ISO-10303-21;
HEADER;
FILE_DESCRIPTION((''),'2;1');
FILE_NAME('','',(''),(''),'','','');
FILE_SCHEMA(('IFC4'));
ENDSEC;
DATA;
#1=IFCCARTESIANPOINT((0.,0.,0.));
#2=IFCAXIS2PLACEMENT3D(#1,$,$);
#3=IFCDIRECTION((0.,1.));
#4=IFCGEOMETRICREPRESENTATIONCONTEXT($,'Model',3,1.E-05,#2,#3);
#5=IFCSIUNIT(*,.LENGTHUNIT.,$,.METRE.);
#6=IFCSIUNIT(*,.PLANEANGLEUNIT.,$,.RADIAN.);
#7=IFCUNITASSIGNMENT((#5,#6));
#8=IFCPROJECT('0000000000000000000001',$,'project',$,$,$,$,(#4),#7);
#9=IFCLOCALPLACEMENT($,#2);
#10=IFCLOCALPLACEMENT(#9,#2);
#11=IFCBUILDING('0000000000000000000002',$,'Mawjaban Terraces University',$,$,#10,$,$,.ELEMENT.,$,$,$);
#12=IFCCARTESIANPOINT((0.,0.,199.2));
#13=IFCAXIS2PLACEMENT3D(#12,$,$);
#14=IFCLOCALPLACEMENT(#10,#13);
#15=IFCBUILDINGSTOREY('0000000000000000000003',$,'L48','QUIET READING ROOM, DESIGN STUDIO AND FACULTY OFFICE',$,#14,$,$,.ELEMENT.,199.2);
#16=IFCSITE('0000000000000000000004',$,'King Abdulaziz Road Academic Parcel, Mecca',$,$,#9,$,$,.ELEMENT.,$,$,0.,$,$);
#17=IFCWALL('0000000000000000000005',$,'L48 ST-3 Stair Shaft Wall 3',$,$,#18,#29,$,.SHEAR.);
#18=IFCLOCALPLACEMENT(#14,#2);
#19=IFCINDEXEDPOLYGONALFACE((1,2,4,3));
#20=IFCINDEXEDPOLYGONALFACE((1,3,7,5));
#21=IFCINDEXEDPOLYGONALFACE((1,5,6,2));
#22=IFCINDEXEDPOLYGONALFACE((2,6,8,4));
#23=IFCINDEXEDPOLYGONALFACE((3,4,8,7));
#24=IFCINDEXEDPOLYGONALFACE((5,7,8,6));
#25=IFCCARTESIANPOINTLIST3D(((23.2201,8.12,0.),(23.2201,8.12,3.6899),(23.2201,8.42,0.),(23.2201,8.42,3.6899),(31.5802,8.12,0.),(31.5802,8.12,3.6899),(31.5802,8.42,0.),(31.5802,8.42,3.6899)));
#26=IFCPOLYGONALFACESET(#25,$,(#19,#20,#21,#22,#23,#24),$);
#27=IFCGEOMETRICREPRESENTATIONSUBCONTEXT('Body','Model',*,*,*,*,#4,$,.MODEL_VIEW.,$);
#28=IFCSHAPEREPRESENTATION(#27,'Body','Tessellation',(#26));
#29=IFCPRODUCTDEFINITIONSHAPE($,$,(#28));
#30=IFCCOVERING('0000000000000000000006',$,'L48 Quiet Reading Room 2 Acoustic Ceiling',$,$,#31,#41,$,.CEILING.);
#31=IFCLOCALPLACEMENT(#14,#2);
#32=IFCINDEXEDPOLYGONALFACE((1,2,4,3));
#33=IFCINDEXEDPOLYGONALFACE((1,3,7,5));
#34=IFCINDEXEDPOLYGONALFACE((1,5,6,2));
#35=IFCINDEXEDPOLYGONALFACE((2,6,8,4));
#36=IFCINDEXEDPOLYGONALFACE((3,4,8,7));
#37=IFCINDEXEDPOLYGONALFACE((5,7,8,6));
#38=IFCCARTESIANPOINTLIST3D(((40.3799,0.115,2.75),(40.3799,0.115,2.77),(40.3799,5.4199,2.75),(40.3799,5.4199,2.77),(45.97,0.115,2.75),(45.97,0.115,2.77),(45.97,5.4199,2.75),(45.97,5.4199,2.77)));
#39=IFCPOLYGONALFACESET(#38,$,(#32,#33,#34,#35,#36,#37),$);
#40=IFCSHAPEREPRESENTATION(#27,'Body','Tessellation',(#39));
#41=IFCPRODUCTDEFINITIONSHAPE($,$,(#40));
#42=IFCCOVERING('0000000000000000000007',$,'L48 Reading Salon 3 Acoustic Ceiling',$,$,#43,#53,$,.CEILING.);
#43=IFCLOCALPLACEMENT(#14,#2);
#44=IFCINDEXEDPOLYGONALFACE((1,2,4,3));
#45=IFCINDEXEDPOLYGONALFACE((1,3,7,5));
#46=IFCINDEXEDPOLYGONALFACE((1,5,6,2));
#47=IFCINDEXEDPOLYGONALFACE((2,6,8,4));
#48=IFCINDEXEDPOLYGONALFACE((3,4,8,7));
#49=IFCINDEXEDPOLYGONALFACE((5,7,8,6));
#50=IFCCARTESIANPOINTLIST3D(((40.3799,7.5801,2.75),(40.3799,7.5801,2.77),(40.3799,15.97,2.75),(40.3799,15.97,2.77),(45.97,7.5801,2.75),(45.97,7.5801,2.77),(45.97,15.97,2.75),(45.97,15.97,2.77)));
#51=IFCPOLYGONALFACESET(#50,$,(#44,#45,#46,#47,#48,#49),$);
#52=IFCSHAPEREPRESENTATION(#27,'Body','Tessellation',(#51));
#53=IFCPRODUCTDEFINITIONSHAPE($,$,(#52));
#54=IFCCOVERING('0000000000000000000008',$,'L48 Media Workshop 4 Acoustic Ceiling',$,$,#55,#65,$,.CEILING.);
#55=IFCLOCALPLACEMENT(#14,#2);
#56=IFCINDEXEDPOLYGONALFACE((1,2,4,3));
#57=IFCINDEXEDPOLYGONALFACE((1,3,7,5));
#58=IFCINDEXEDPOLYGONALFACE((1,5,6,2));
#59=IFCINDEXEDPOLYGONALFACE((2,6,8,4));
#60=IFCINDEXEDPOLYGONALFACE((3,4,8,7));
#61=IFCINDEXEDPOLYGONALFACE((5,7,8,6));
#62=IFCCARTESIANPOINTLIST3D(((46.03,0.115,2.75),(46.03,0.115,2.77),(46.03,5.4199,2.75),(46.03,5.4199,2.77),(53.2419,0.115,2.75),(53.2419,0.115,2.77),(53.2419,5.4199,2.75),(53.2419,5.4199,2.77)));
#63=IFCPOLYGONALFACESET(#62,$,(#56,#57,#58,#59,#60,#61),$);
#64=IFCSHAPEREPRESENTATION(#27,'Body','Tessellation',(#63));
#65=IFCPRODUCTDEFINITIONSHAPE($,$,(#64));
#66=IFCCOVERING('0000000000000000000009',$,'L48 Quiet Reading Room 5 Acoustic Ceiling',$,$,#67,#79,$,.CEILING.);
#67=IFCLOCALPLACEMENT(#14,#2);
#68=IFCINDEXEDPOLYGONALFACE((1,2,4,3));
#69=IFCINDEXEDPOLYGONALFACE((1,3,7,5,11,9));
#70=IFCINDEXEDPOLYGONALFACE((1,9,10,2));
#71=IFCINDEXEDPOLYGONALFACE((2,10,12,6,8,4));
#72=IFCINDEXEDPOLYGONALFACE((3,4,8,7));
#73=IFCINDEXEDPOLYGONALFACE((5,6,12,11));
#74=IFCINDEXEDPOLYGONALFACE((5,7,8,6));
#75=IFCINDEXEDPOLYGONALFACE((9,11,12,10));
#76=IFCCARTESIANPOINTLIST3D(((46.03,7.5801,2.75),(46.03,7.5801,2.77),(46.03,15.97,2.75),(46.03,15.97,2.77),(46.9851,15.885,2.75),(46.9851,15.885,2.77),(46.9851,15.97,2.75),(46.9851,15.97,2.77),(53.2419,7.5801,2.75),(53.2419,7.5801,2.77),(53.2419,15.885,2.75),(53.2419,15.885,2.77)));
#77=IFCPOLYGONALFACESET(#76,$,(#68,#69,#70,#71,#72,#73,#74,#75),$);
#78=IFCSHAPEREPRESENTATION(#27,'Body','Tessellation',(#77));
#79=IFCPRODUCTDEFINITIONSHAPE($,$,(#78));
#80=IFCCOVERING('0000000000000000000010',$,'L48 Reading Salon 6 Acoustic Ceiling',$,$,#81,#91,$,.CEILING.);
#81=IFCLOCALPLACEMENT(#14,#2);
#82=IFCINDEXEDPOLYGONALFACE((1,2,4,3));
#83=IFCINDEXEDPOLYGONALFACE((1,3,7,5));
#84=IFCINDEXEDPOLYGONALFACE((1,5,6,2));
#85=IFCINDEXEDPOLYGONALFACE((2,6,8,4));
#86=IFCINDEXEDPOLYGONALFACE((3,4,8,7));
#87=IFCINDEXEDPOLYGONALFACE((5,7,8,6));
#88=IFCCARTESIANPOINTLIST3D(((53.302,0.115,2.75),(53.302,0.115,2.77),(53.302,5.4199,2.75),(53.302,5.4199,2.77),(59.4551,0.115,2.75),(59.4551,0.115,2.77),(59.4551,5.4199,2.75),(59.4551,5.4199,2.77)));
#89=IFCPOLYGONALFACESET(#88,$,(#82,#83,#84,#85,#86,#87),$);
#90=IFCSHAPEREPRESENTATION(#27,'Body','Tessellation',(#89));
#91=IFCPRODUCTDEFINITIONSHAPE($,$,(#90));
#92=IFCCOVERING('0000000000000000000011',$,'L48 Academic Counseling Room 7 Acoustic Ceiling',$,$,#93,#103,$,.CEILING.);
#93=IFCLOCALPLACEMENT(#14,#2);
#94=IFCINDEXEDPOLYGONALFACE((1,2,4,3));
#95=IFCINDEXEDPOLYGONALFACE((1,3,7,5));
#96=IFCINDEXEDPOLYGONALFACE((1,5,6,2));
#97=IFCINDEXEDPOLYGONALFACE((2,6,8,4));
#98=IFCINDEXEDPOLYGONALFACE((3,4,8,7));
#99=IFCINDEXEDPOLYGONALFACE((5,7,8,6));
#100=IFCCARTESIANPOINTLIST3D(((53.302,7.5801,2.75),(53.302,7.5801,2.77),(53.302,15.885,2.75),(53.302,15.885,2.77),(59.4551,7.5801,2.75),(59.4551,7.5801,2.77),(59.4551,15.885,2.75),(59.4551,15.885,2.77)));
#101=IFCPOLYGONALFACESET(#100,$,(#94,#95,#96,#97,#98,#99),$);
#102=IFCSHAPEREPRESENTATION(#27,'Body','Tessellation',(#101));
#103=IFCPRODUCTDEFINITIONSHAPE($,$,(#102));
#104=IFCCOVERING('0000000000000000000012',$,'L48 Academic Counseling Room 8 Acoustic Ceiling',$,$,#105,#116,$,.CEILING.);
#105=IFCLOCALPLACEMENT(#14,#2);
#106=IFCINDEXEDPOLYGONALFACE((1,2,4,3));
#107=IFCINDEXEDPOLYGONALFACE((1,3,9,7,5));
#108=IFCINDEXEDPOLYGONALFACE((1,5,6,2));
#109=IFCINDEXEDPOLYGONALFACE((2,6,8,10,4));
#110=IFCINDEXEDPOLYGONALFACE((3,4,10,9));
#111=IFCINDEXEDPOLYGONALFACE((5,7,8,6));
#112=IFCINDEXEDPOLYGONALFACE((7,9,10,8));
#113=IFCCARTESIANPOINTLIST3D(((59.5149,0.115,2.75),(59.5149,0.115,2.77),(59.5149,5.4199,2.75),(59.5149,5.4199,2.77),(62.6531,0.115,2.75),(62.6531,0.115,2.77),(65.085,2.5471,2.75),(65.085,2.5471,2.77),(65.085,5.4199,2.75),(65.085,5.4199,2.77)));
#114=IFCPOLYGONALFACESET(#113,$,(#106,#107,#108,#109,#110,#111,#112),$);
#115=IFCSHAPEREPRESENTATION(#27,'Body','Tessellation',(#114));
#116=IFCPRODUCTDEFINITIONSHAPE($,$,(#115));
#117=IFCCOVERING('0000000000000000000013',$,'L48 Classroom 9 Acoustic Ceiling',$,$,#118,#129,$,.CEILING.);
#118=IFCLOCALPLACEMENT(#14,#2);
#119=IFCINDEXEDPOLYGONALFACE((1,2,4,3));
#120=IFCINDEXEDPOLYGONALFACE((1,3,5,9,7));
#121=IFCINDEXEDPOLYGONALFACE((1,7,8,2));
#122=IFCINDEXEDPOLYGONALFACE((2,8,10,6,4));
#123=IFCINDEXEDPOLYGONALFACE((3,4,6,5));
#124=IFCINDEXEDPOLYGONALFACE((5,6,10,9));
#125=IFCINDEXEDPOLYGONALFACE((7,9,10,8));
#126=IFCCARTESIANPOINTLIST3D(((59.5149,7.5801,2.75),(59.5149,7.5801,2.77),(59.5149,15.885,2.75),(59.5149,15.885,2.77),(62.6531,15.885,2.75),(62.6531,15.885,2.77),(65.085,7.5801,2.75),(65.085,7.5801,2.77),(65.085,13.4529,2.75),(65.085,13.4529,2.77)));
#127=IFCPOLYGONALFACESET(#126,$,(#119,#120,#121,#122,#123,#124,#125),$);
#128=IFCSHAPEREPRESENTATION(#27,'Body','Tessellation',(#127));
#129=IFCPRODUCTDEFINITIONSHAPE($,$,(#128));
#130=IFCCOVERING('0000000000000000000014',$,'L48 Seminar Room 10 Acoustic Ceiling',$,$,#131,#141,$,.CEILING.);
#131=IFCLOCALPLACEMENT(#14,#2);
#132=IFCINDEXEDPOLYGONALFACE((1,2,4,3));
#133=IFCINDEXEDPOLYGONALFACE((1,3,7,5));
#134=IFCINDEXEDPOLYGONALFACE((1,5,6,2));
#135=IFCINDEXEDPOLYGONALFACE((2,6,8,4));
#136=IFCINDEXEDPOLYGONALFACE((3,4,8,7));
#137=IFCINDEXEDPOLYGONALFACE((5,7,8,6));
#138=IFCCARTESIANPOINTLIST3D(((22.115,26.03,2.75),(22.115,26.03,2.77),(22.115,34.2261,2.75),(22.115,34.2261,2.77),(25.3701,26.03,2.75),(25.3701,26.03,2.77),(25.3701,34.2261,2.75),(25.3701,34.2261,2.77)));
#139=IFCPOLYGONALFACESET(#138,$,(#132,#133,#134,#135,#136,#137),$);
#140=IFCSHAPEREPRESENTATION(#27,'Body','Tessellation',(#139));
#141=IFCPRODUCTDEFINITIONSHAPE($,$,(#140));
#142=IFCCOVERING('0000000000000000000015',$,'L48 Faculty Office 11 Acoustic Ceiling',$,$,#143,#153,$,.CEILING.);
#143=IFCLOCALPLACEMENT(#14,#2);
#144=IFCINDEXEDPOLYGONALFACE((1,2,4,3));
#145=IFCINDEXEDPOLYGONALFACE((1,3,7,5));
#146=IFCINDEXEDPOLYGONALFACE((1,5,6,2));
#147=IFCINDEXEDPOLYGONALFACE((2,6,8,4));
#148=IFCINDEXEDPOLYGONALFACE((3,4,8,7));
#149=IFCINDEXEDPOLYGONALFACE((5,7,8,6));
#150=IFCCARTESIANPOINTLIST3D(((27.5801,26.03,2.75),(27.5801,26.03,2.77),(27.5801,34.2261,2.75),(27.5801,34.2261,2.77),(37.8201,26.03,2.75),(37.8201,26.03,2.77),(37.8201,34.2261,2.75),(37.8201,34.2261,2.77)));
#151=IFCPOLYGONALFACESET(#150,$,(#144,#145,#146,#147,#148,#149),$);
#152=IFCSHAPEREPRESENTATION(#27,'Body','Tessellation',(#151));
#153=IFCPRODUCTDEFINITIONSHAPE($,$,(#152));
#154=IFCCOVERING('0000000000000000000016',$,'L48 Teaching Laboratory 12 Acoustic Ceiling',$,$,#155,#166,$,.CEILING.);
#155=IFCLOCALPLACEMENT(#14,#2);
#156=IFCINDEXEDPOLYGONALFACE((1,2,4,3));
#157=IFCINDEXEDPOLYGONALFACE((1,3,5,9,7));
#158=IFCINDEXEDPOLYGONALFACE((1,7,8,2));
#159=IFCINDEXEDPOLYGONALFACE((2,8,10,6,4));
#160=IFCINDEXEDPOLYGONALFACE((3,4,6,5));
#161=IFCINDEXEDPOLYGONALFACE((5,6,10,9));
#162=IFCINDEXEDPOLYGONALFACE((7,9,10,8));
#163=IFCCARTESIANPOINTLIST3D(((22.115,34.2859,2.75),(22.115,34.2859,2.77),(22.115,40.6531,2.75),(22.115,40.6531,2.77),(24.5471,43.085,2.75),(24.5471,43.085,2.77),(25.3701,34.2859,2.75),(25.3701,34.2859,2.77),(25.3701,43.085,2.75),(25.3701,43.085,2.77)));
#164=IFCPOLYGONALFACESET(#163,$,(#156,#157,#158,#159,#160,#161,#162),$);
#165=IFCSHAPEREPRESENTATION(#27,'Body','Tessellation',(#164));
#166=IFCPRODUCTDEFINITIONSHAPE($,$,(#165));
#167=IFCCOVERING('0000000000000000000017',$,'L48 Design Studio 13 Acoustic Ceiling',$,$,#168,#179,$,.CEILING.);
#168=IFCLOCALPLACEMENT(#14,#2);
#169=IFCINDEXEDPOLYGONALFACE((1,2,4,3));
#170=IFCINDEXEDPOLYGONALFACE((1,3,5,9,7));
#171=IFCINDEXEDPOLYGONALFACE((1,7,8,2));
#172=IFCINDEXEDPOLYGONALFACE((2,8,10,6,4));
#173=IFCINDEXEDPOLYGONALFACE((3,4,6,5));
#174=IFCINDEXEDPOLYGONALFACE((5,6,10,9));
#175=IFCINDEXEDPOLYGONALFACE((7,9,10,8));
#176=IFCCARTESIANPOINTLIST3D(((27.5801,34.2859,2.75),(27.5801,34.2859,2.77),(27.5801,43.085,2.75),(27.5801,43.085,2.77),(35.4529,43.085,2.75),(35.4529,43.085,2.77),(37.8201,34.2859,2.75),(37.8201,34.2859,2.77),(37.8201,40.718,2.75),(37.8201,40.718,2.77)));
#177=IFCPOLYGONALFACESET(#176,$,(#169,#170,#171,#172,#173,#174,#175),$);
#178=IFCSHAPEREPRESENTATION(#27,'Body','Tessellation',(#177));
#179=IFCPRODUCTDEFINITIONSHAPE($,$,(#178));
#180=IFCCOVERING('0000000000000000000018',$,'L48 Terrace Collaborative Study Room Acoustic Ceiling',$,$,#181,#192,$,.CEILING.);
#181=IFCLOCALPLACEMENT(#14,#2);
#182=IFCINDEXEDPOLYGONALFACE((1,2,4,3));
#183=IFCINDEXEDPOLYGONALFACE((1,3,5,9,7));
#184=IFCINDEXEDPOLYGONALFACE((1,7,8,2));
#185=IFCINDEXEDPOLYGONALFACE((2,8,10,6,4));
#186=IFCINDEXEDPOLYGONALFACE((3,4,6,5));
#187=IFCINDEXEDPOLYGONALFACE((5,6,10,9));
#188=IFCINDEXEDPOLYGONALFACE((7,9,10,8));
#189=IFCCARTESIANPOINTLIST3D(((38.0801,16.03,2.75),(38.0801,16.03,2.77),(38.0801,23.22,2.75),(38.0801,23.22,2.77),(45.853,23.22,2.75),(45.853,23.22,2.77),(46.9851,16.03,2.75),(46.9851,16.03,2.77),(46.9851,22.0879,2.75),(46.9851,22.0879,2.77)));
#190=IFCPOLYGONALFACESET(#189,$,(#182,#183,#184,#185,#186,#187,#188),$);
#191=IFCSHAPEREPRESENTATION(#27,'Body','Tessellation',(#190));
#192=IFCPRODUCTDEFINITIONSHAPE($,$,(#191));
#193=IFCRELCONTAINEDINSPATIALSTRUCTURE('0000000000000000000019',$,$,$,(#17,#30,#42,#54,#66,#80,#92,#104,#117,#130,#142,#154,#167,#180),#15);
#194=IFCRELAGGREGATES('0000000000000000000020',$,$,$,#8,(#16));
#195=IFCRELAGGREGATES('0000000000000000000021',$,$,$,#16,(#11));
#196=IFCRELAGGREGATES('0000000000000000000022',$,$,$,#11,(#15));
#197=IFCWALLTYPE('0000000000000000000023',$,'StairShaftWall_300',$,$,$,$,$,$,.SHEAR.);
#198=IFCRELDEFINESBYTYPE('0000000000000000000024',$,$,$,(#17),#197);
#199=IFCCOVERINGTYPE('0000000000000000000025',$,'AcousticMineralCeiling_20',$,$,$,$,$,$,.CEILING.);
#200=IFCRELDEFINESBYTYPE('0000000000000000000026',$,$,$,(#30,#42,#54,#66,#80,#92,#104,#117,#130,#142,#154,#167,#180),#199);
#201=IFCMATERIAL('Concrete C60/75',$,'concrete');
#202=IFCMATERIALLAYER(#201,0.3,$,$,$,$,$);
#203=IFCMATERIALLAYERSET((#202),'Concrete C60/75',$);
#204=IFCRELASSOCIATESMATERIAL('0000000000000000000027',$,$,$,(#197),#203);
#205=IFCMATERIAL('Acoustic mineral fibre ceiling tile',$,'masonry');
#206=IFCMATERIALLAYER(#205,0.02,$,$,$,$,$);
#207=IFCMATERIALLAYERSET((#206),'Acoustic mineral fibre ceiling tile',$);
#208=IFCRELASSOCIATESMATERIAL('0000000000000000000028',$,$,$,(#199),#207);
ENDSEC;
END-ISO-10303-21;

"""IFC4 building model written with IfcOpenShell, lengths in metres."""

from ifc_helpers import new_model, si_unit, direction, frame, frame_2d, origin, place, context, subcontext, project, spatial, polyline, rectangle, outline, extrude, material, layer, layer_set, type_object, element, save


model = new_model("IFC4")

# Units and contexts
model_context = context("Model", 3, precision=1e-05, world=origin(), true_north=direction((0.0, 1.0)))
body_context = subcontext(model_context, "Body", "Model", "MODEL_VIEW")
ifc_project = project(units=[si_unit("LENGTHUNIT", "METRE"), si_unit("PLANEANGLEUNIT", "RADIAN")], contexts=[model_context])

# Site, building, storey
site_placement = place(None, origin())
site = spatial("IfcSite", under=ifc_project, at=site_placement, Name="King Abdulaziz Road Academic Parcel, Mecca", CompositionType="ELEMENT", RefElevation=0.0)
building_placement = place(site_placement, origin())
building = spatial("IfcBuilding", under=site, at=building_placement, Name="Mawjaban Terraces University", CompositionType="ELEMENT")
storey_placement = place(building_placement, frame((0.0, 0.0, 199.2)))
storey = spatial("IfcBuildingStorey", under=building, at=storey_placement, Name="L48", Description="QUIET READING ROOM, DESIGN STUDIO AND FACULTY OFFICE", CompositionType="ELEMENT", Elevation=199.2)

# Shared definitions
ifc_material_1 = material(Name="Concrete C60/75", Category="concrete")

# Wall
ifc_layer_1 = layer(ifc_material_1, 0.3)
ifc_layer_set_1 = layer_set([ifc_layer_1], Name="Concrete C60/75")
wall_type_1 = type_object("IfcWallType", Name="StairShaftWall_300", PredefinedType="SHEAR", material=ifc_layer_set_1)
wall_1_placement = place(storey_placement, frame((23.22, 8.27, 0.0), z_axis=(0.0, 0.0, 1.0), x_axis=(1.0, 0.0, 0.0)))
element("IfcWall", 1, at=wall_1_placement, inside=storey, type_object=wall_type_1, Name="L48 ST-3 Stair Shaft Wall 3", PredefinedType="SHEAR", context=body_context, shape_type="SweptSolid", body=[
    extrude(rectangle(XDim=8.3601, YDim=0.3, at=frame_2d((4.1802, 0.0))), origin(), (0.0, 0.0, 1.0), 3.6899),
])

# Coverings
ifc_material_2 = material(Name="Acoustic mineral fibre ceiling tile", Category="masonry")
ifc_layer_2 = layer(ifc_material_2, 0.02)
ifc_layer_set_2 = layer_set([ifc_layer_2], Name="Acoustic mineral fibre ceiling tile")
covering_type_1 = type_object("IfcCoveringType", Name="AcousticMineralCeiling_20", PredefinedType="CEILING", material=ifc_layer_set_2)
covering_1_placement = place(storey_placement, frame((0.0, 0.0, 2.75)))
element("IfcCovering", 2, at=covering_1_placement, inside=storey, type_object=covering_type_1, Name="L48 Quiet Reading Room 2 Acoustic Ceiling", PredefinedType="CEILING", context=body_context, shape_type="SweptSolid", body=[
    extrude(outline(polyline([(40.3799, 0.115), (45.97, 0.115), (45.97, 5.4199), (40.3799, 5.4199), (40.3799, 0.115)])), origin(), (0.0, 0.0, 1.0), 0.02),
])
covering_2_placement = place(storey_placement, frame((0.0, 0.0, 2.75)))
element("IfcCovering", 3, at=covering_2_placement, inside=storey, type_object=covering_type_1, Name="L48 Reading Salon 3 Acoustic Ceiling", PredefinedType="CEILING", context=body_context, shape_type="SweptSolid", body=[
    extrude(outline(polyline([(45.97, 7.5801), (45.97, 15.97), (40.3799, 15.97), (40.3799, 7.5801), (45.97, 7.5801)])), origin(), (0.0, 0.0, 1.0), 0.02),
])
covering_3_placement = place(storey_placement, frame((0.0, 0.0, 2.75)))
element("IfcCovering", 4, at=covering_3_placement, inside=storey, type_object=covering_type_1, Name="L48 Media Workshop 4 Acoustic Ceiling", PredefinedType="CEILING", context=body_context, shape_type="SweptSolid", body=[
    extrude(outline(polyline([(46.03, 0.115), (53.2419, 0.115), (53.2419, 5.4199), (46.03, 5.4199), (46.03, 0.115)])), origin(), (0.0, 0.0, 1.0), 0.02),
])
covering_4_placement = place(storey_placement, frame((0.0, 0.0, 2.75)))
element("IfcCovering", 5, at=covering_4_placement, inside=storey, type_object=covering_type_1, Name="L48 Quiet Reading Room 5 Acoustic Ceiling", PredefinedType="CEILING", context=body_context, shape_type="SweptSolid", body=[
    extrude(outline(polyline([(53.2419, 15.885), (46.9851, 15.885), (46.9851, 15.97), (46.03, 15.97), (46.03, 7.5801), (53.2419, 7.5801), (53.2419, 15.885)])), origin(), (0.0, 0.0, 1.0), 0.02),
])
covering_5_placement = place(storey_placement, frame((0.0, 0.0, 2.75)))
element("IfcCovering", 6, at=covering_5_placement, inside=storey, type_object=covering_type_1, Name="L48 Reading Salon 6 Acoustic Ceiling", PredefinedType="CEILING", context=body_context, shape_type="SweptSolid", body=[
    extrude(outline(polyline([(53.302, 0.115), (59.4551, 0.115), (59.4551, 5.4199), (53.302, 5.4199), (53.302, 0.115)])), origin(), (0.0, 0.0, 1.0), 0.02),
])
covering_6_placement = place(storey_placement, frame((0.0, 0.0, 2.75)))
element("IfcCovering", 7, at=covering_6_placement, inside=storey, type_object=covering_type_1, Name="L48 Academic Counseling Room 7 Acoustic Ceiling", PredefinedType="CEILING", context=body_context, shape_type="SweptSolid", body=[
    extrude(outline(polyline([(59.4551, 15.885), (53.302, 15.885), (53.302, 7.5801), (59.4551, 7.5801), (59.4551, 15.885)])), origin(), (0.0, 0.0, 1.0), 0.02),
])
covering_7_placement = place(storey_placement, frame((0.0, 0.0, 2.75)))
element("IfcCovering", 8, at=covering_7_placement, inside=storey, type_object=covering_type_1, Name="L48 Academic Counseling Room 8 Acoustic Ceiling", PredefinedType="CEILING", context=body_context, shape_type="SweptSolid", body=[
    extrude(outline(polyline([(59.5149, 0.115), (62.6531, 0.115), (65.085, 2.5471), (65.085, 5.4199), (59.5149, 5.4199), (59.5149, 0.115)])), origin(), (0.0, 0.0, 1.0), 0.02),
])
covering_8_placement = place(storey_placement, frame((0.0, 0.0, 2.75)))
element("IfcCovering", 9, at=covering_8_placement, inside=storey, type_object=covering_type_1, Name="L48 Classroom 9 Acoustic Ceiling", PredefinedType="CEILING", context=body_context, shape_type="SweptSolid", body=[
    extrude(outline(polyline([(65.085, 7.5801), (65.085, 13.4529), (62.6531, 15.885), (59.5149, 15.885), (59.5149, 7.5801), (65.085, 7.5801)])), origin(), (0.0, 0.0, 1.0), 0.02),
])
covering_9_placement = place(storey_placement, frame((0.0, 0.0, 2.75)))
element("IfcCovering", 10, at=covering_9_placement, inside=storey, type_object=covering_type_1, Name="L48 Seminar Room 10 Acoustic Ceiling", PredefinedType="CEILING", context=body_context, shape_type="SweptSolid", body=[
    extrude(outline(polyline([(22.115, 34.2261), (22.115, 26.03), (25.3701, 26.03), (25.3701, 34.2261), (22.115, 34.2261)])), origin(), (0.0, 0.0, 1.0), 0.02),
])
covering_10_placement = place(storey_placement, frame((0.0, 0.0, 2.75)))
element("IfcCovering", 11, at=covering_10_placement, inside=storey, type_object=covering_type_1, Name="L48 Faculty Office 11 Acoustic Ceiling", PredefinedType="CEILING", context=body_context, shape_type="SweptSolid", body=[
    extrude(outline(polyline([(37.8201, 26.03), (37.8201, 34.2261), (27.5801, 34.2261), (27.5801, 26.03), (37.8201, 26.03)])), origin(), (0.0, 0.0, 1.0), 0.02),
])
covering_11_placement = place(storey_placement, frame((0.0, 0.0, 2.75)))
element("IfcCovering", 12, at=covering_11_placement, inside=storey, type_object=covering_type_1, Name="L48 Teaching Laboratory 12 Acoustic Ceiling", PredefinedType="CEILING", context=body_context, shape_type="SweptSolid", body=[
    extrude(outline(polyline([(25.3701, 43.085), (24.5471, 43.085), (22.115, 40.6531), (22.115, 34.2859), (25.3701, 34.2859), (25.3701, 43.085)])), origin(), (0.0, 0.0, 1.0), 0.02),
])
covering_12_placement = place(storey_placement, frame((0.0, 0.0, 2.75)))
element("IfcCovering", 13, at=covering_12_placement, inside=storey, type_object=covering_type_1, Name="L48 Design Studio 13 Acoustic Ceiling", PredefinedType="CEILING", context=body_context, shape_type="SweptSolid", body=[
    extrude(outline(polyline([(37.8201, 40.718), (35.4529, 43.085), (27.5801, 43.085), (27.5801, 34.2859), (37.8201, 34.2859), (37.8201, 40.718)])), origin(), (0.0, 0.0, 1.0), 0.02),
])
covering_13_placement = place(storey_placement, frame((0.0, 0.0, 2.75)))
element("IfcCovering", 14, at=covering_13_placement, inside=storey, type_object=covering_type_1, Name="L48 Terrace Collaborative Study Room Acoustic Ceiling", PredefinedType="CEILING", context=body_context, shape_type="SweptSolid", body=[
    extrude(outline(polyline([(46.9851, 16.03), (46.9851, 22.0879), (45.853, 23.22), (38.0801, 23.22), (38.0801, 16.03), (46.9851, 16.03)])), origin(), (0.0, 0.0, 1.0), 0.02),
])

save(model, "model.ifc")
